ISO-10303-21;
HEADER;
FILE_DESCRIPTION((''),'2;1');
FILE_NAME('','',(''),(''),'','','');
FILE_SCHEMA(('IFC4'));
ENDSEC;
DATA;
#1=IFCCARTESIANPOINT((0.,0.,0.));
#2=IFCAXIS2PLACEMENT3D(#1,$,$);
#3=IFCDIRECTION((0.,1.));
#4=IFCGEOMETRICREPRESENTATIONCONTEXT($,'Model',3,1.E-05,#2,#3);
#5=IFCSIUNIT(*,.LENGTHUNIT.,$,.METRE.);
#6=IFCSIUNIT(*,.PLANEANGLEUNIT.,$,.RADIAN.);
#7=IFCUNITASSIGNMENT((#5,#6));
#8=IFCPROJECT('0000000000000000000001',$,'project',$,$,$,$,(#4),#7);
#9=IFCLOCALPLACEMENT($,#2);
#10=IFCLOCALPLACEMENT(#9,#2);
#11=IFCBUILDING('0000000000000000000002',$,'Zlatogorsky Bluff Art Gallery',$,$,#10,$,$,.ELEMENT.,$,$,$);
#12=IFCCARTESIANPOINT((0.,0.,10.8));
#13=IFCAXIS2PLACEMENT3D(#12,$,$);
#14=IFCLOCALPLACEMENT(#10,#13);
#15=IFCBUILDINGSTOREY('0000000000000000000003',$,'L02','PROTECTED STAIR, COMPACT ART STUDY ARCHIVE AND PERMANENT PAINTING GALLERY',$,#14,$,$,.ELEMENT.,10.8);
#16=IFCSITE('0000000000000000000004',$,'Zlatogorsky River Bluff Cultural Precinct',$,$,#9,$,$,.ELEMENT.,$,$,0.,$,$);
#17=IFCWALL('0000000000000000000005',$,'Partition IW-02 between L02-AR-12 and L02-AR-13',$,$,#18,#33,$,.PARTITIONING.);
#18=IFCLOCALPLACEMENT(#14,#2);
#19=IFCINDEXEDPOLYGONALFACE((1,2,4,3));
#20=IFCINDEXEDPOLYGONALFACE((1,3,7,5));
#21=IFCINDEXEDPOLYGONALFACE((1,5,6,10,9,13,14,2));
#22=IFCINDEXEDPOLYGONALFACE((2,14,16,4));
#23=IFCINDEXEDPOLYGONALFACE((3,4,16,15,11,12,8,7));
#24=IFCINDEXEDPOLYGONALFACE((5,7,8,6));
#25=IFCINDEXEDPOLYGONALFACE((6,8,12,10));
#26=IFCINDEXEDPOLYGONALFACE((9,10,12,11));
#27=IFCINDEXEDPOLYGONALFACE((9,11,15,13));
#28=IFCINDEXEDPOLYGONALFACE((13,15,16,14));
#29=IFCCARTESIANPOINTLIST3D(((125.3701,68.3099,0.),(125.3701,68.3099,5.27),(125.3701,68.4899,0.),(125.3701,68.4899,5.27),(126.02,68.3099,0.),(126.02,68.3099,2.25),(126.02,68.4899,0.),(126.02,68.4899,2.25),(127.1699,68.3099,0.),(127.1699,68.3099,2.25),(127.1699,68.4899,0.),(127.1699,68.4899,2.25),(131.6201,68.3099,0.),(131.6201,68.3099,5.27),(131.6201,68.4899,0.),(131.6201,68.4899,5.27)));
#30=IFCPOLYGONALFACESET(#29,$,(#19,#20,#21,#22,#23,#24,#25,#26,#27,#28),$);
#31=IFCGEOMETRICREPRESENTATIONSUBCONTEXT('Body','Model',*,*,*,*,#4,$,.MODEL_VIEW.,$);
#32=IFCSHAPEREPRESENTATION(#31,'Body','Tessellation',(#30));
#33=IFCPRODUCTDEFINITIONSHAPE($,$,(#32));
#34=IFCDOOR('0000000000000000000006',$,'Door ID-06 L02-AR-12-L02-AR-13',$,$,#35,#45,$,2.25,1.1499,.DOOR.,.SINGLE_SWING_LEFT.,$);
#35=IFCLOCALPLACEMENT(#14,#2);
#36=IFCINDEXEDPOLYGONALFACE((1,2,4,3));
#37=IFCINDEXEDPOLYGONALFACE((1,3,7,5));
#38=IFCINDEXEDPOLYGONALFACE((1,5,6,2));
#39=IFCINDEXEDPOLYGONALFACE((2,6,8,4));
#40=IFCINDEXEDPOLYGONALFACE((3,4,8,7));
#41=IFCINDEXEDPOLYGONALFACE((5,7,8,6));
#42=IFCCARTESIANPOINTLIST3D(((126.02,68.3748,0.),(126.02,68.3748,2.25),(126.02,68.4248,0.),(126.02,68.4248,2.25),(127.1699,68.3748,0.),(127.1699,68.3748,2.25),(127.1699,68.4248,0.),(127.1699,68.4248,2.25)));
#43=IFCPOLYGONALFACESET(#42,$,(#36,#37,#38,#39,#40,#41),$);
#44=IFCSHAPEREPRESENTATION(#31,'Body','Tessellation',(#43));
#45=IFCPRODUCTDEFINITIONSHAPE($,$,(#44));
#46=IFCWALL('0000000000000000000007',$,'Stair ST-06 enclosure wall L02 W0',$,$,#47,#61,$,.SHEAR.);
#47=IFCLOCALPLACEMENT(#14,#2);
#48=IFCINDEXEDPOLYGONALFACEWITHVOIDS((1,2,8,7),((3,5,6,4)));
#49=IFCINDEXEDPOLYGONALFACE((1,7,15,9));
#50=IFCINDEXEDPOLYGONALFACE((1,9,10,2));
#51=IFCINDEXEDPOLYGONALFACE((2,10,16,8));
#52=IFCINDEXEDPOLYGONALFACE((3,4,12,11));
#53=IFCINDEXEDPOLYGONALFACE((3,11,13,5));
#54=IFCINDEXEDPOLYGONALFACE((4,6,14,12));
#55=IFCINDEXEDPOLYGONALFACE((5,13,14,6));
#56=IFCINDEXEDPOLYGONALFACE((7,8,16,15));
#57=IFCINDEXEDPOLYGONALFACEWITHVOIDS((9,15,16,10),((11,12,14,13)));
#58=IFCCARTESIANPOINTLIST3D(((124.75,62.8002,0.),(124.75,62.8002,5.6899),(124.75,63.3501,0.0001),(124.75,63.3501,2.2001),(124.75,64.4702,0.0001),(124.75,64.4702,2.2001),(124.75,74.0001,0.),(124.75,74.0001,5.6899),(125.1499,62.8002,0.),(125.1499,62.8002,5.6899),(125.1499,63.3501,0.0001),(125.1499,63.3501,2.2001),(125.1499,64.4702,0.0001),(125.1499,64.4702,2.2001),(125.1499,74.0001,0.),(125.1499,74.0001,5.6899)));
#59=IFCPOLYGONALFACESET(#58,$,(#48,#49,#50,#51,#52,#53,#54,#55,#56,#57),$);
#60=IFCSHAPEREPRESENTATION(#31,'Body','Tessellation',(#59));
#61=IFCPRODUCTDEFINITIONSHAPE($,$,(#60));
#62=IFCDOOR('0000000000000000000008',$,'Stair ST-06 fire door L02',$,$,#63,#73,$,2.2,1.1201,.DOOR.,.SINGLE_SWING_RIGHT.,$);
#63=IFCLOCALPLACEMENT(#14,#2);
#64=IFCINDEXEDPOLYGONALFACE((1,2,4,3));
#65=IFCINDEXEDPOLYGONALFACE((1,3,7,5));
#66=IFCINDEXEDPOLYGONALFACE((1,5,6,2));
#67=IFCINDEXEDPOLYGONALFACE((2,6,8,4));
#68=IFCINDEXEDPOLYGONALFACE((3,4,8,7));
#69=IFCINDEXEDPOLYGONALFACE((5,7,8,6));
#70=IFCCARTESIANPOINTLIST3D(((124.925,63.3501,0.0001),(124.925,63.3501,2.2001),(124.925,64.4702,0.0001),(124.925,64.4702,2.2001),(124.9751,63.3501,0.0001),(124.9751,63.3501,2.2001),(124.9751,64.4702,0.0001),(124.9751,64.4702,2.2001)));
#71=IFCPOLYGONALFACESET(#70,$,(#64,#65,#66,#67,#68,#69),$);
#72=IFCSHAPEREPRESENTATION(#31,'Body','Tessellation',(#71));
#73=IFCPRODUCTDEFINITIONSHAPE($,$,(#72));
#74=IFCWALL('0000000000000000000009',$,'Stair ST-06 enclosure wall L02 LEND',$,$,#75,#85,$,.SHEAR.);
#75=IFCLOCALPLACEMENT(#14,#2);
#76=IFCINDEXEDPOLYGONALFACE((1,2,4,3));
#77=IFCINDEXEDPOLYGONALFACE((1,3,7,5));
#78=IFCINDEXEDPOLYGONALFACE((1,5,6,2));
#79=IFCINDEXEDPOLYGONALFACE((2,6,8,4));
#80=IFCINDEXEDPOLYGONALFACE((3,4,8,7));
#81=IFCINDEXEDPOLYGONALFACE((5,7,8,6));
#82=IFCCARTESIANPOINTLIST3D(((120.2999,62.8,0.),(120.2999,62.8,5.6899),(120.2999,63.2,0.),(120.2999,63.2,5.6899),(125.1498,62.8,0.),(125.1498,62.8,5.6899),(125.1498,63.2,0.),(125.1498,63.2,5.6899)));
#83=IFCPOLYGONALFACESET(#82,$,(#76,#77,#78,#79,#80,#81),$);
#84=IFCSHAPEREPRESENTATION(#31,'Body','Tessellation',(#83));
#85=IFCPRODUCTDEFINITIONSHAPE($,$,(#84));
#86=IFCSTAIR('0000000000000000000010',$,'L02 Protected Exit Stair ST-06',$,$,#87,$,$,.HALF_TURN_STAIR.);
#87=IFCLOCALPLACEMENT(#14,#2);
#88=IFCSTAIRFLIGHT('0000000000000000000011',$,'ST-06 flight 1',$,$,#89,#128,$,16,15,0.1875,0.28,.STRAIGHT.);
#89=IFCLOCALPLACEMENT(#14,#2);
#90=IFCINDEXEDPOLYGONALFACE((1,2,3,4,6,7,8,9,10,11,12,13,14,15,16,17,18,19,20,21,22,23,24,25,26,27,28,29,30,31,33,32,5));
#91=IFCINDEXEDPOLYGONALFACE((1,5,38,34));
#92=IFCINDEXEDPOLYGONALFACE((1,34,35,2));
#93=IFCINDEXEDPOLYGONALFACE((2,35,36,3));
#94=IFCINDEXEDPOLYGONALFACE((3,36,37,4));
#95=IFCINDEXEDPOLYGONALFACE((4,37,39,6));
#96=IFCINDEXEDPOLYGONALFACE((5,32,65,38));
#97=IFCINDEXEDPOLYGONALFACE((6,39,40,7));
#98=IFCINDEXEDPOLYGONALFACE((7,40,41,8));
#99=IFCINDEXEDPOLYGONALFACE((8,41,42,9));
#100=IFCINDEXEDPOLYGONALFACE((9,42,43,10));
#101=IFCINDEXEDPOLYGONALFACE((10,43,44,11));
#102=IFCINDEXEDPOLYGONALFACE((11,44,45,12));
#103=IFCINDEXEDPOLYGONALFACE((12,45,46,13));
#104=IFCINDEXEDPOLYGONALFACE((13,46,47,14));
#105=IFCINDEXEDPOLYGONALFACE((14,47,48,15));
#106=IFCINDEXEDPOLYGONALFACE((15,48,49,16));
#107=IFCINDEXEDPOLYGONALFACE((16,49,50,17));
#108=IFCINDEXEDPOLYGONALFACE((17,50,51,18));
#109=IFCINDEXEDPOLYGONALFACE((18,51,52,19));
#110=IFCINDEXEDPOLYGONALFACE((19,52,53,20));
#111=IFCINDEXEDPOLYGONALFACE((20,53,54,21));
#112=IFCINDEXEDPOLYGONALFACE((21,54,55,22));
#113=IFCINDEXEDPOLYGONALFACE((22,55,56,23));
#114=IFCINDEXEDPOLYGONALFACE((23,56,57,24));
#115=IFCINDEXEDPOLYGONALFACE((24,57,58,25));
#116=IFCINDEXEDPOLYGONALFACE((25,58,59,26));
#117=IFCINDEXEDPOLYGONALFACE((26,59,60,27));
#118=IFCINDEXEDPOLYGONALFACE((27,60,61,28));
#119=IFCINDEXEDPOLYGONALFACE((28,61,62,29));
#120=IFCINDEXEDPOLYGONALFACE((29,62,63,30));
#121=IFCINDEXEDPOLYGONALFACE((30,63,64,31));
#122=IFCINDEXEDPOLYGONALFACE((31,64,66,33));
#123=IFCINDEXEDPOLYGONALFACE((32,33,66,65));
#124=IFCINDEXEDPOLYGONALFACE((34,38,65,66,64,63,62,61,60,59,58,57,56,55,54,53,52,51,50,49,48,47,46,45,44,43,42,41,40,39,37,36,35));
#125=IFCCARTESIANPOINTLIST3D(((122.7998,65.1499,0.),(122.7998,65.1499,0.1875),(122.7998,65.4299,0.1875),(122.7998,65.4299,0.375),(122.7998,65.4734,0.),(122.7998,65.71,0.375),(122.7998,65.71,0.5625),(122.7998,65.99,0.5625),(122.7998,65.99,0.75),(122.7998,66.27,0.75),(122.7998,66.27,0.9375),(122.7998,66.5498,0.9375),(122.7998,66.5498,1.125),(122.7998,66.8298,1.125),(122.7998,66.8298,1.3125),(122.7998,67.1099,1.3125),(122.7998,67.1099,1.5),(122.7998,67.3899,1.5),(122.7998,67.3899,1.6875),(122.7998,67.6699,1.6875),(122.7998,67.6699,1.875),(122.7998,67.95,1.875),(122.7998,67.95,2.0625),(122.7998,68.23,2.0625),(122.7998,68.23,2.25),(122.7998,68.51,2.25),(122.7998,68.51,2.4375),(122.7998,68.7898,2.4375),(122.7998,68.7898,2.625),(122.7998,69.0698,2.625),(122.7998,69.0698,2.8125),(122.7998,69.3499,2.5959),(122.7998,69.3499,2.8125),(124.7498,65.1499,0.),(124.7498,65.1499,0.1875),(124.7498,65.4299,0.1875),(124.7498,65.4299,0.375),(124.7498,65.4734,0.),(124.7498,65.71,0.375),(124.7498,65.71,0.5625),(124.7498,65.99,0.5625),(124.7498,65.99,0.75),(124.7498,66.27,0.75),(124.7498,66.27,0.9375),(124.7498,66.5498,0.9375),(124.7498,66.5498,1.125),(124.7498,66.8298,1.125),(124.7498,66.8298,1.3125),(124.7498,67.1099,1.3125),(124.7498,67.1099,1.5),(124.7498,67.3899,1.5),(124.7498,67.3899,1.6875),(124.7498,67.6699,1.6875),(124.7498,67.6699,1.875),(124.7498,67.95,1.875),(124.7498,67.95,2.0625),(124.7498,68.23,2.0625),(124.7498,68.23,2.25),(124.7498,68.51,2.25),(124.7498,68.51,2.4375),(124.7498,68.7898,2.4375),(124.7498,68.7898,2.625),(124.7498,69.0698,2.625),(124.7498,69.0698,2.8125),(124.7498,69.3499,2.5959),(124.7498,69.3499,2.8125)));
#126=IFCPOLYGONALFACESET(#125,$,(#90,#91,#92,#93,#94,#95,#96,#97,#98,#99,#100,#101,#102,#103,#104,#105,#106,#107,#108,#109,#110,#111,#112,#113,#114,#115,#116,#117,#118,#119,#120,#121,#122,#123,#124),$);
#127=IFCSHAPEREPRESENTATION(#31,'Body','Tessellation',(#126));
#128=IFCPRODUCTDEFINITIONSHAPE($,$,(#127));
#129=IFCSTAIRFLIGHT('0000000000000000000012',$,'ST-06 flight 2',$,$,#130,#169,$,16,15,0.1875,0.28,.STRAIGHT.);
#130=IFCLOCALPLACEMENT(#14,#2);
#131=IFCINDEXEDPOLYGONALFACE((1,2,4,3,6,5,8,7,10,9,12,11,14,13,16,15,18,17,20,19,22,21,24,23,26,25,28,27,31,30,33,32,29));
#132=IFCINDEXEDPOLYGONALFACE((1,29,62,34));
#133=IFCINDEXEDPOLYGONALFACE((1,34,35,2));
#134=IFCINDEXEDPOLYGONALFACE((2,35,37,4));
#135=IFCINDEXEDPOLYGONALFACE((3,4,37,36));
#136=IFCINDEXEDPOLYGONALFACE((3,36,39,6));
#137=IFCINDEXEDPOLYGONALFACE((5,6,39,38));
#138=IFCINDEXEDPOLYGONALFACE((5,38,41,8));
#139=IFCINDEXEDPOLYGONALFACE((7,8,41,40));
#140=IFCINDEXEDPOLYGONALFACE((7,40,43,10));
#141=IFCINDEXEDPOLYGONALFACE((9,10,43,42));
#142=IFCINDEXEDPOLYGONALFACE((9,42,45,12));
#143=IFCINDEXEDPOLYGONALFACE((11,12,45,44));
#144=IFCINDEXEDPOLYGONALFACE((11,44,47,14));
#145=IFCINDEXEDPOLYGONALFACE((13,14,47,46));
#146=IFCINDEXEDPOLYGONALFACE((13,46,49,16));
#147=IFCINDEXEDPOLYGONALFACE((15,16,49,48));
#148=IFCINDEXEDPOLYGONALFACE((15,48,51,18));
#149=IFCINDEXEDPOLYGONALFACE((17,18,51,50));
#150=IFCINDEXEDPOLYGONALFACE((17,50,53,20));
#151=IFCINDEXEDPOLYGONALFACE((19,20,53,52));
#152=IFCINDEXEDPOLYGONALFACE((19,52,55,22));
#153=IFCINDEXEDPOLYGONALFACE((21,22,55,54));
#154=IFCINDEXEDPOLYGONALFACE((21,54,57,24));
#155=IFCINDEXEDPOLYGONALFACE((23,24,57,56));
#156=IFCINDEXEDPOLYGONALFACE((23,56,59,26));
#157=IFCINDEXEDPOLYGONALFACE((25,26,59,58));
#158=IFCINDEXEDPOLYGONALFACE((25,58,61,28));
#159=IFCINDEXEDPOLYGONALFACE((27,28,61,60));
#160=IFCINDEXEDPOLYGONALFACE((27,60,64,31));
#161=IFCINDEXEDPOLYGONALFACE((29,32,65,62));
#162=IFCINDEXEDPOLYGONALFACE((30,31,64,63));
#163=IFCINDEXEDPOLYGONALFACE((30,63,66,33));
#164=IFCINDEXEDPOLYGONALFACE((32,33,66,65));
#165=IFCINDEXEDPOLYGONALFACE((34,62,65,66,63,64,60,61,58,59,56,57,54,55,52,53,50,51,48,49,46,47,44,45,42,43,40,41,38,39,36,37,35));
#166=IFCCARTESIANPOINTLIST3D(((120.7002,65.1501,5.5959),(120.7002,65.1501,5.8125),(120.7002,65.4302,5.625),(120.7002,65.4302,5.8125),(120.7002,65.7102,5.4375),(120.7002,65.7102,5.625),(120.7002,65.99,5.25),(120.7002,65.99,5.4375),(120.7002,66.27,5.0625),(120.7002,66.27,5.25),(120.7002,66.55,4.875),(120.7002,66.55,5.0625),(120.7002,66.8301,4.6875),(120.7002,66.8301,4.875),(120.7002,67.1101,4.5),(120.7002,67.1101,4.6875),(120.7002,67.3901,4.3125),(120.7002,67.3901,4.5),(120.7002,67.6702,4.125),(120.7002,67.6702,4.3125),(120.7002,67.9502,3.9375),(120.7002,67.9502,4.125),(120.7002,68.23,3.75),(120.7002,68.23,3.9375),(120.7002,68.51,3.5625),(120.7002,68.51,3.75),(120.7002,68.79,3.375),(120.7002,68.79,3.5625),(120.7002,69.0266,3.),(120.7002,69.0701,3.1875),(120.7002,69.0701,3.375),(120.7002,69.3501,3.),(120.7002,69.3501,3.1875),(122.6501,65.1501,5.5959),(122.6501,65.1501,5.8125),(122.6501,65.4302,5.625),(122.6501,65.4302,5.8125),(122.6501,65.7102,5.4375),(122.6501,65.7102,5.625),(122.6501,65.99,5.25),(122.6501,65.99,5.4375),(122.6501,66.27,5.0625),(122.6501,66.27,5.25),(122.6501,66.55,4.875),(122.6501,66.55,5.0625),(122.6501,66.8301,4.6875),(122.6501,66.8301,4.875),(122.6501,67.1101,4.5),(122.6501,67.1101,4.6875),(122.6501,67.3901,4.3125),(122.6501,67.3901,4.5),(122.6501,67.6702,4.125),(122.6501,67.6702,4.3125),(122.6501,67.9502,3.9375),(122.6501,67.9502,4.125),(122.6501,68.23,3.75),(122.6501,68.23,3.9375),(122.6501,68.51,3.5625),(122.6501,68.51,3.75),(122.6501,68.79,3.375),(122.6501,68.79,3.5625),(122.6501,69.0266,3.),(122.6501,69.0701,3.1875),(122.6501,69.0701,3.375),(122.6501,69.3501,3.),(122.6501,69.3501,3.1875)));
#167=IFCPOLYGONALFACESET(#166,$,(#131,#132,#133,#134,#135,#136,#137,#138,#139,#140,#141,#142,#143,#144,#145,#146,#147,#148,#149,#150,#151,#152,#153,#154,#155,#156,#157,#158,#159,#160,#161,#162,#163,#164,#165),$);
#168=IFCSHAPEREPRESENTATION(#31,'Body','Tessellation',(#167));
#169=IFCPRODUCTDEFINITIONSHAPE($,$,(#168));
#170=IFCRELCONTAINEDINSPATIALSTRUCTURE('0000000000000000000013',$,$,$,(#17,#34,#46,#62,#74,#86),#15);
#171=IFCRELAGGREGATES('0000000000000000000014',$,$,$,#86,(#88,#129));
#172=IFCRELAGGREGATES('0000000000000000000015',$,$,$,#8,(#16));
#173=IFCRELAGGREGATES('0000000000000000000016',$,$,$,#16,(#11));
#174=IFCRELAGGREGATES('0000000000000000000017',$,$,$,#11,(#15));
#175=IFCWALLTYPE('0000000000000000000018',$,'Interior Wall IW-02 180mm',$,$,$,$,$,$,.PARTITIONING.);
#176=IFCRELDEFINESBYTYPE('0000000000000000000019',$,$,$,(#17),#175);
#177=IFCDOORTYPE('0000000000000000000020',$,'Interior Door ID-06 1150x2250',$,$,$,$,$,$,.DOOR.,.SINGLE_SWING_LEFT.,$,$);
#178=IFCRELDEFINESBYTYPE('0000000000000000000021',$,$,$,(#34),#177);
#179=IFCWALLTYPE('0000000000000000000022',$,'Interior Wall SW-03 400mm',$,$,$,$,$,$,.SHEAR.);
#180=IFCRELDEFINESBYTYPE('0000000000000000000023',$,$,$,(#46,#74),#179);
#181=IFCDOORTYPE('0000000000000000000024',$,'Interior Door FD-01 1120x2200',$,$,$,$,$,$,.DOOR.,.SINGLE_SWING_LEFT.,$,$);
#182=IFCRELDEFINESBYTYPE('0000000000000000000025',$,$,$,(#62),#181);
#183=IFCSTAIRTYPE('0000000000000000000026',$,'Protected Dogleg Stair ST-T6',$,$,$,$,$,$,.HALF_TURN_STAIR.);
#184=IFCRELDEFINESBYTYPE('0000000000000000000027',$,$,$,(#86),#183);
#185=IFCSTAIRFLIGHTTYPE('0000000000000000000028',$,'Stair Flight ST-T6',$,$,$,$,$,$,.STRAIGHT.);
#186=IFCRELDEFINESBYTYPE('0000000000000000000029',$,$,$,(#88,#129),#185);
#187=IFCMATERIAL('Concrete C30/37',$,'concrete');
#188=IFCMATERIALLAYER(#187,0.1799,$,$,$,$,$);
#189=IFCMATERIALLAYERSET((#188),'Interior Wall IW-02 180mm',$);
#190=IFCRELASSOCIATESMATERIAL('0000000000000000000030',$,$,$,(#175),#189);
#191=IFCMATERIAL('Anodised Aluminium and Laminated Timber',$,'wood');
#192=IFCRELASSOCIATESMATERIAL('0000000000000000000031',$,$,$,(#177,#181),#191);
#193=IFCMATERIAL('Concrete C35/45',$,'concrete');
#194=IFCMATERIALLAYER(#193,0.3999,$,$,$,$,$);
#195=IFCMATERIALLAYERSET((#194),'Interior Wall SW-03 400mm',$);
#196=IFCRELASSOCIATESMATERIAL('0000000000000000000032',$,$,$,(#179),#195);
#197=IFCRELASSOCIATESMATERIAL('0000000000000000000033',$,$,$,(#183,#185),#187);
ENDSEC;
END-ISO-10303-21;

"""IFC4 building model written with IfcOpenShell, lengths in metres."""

from ifc_helpers import new_model, si_unit, direction, frame, frame_2d, origin, place, context, subcontext, project, spatial, polyline, rectangle, outline, extrude, material, layer, layer_set, type_object, element, fill, aggregate, save


model = new_model("IFC4")

# Units and contexts
model_context = context("Model", 3, precision=1e-05, world=origin(), true_north=direction((0.0, 1.0)))
body_context = subcontext(model_context, "Body", "Model", "MODEL_VIEW")
ifc_project = project(units=[si_unit("LENGTHUNIT", "METRE"), si_unit("PLANEANGLEUNIT", "RADIAN")], contexts=[model_context])

# Site, building, storey
site_placement = place(None, origin())
site = spatial("IfcSite", under=ifc_project, at=site_placement, Name="Zlatogorsky River Bluff Cultural Precinct", CompositionType="ELEMENT", RefElevation=0.0)
building_placement = place(site_placement, origin())
building = spatial("IfcBuilding", under=site, at=building_placement, Name="Zlatogorsky Bluff Art Gallery", CompositionType="ELEMENT")
storey_placement = place(building_placement, frame((0.0, 0.0, 10.8)))
storey = spatial("IfcBuildingStorey", under=building, at=storey_placement, Name="L02", Description="PROTECTED STAIR, COMPACT ART STUDY ARCHIVE AND PERMANENT PAINTING GALLERY", CompositionType="ELEMENT", Elevation=10.8)

# Shared definitions
ifc_material_1 = material(Name="Concrete C35/45", Category="concrete")

# Walls, openings, doors
ifc_material_2 = material(Name="Concrete C30/37", Category="concrete")
ifc_layer_1 = layer(ifc_material_2, 0.1799)
ifc_layer_set_1 = layer_set([ifc_layer_1], Name="Interior Wall IW-02 180mm")
wall_type_1 = type_object("IfcWallType", Name="Interior Wall IW-02 180mm", PredefinedType="PARTITIONING", material=ifc_layer_set_1)
wall_1_placement = place(storey_placement, frame((125.3701, 68.3999, 0.0), z_axis=(0.0, 0.0, 1.0), x_axis=(1.0, 0.0, 0.0)))
wall_1 = element("IfcWall", 1, at=wall_1_placement, inside=storey, type_object=wall_type_1, Name="Partition IW-02 between L02-AR-12 and L02-AR-13", PredefinedType="PARTITIONING", context=body_context, shape_type="SweptSolid", body=[
    extrude(rectangle(XDim=6.25, YDim=0.1799, at=frame_2d((3.125, 0.0))), origin(), (0.0, 0.0, 1.0), 5.27),
])
opening_1_placement = place(wall_1_placement, frame((0.6499, 0.0, 0.0)))
opening_1 = element("IfcOpeningElement", 2, at=opening_1_placement, cuts=wall_1, PredefinedType="OPENING", context=body_context, shape_type="SweptSolid", body=[
    extrude(rectangle(XDim=1.1499, YDim=2.25, at=frame_2d((0.575, 1.125))), frame((0.0, 0.0999, 0.0), z_axis=(0.0, -1.0, 0.0), x_axis=(1.0, 0.0, 0.0)), (0.0, 0.0, 1.0), 0.2),
])
ifc_material_3 = material(Name="Anodised Aluminium and Laminated Timber", Category="wood")
door_type_1 = type_object("IfcDoorType", Name="Interior Door ID-06 1150x2250", OperationType="SINGLE_SWING_LEFT", PredefinedType="DOOR", material=ifc_material_3)
door_1_placement = place(opening_1_placement, origin())
door_1 = element("IfcDoor", 3, at=door_1_placement, inside=storey, type_object=door_type_1, Name="Door ID-06 L02-AR-12-L02-AR-13", OperationType="SINGLE_SWING_LEFT", OverallHeight=2.25, OverallWidth=1.1499, PredefinedType="DOOR", context=body_context, shape_type="SweptSolid", body=[
    extrude(rectangle(XDim=1.1499, YDim=2.25, at=frame_2d((0.575, 1.125))), frame((0.0, 0.0249, 0.0), z_axis=(0.0, -1.0, 0.0), x_axis=(1.0, 0.0, 0.0)), (0.0, 0.0, 1.0), 0.05),
])
fill(opening_1, door_1)
ifc_layer_2 = layer(ifc_material_1, 0.3999)
ifc_layer_set_2 = layer_set([ifc_layer_2], Name="Interior Wall SW-03 400mm")
wall_type_2 = type_object("IfcWallType", Name="Interior Wall SW-03 400mm", PredefinedType="SHEAR", material=ifc_layer_set_2)
wall_2_placement = place(storey_placement, frame((124.95, 62.8, 0.0), z_axis=(0.0, 0.0, 1.0), x_axis=(0.0, 1.0, 0.0)))
wall_2 = element("IfcWall", 4, at=wall_2_placement, inside=storey, type_object=wall_type_2, Name="Stair ST-06 enclosure wall L02 W0", PredefinedType="SHEAR", context=body_context, shape_type="SweptSolid", body=[
    extrude(rectangle(XDim=11.2, YDim=0.3999, at=frame_2d((5.6001, 0.0))), origin(), (0.0, 0.0, 1.0), 5.6899),
])
opening_2_placement = place(wall_2_placement, frame((0.55, 0.0, 0.0)))
opening_2 = element("IfcOpeningElement", 5, at=opening_2_placement, cuts=wall_2, PredefinedType="OPENING", context=body_context, shape_type="SweptSolid", body=[
    extrude(rectangle(XDim=1.1201, YDim=2.2, at=frame_2d((0.5601, 1.1001))), frame((0.0, 0.21, 0.0), z_axis=(0.0, -1.0, 0.0), x_axis=(1.0, 0.0, 0.0)), (0.0, 0.0, 1.0), 0.4199),
])
door_type_2 = type_object("IfcDoorType", Name="Interior Door FD-01 1120x2200", OperationType="SINGLE_SWING_LEFT", PredefinedType="DOOR", material=ifc_material_3)
door_2_placement = place(opening_2_placement, origin())
door_2 = element("IfcDoor", 6, at=door_2_placement, inside=storey, type_object=door_type_2, Name="Stair ST-06 fire door L02", OperationType="SINGLE_SWING_RIGHT", OverallHeight=2.2, OverallWidth=1.1201, PredefinedType="DOOR", context=body_context, shape_type="SweptSolid", body=[
    extrude(rectangle(XDim=1.1201, YDim=2.2, at=frame_2d((0.5601, 1.1001))), frame((0.0, 0.0249, 0.0), z_axis=(0.0, -1.0, 0.0), x_axis=(1.0, 0.0, 0.0)), (0.0, 0.0, 1.0), 0.05),
])
fill(opening_2, door_2)

# Wall
wall_3_placement = place(storey_placement, frame((120.3, 63.0, 0.0), z_axis=(0.0, 0.0, 1.0), x_axis=(1.0, 0.0, 0.0)))
element("IfcWall", 7, at=wall_3_placement, inside=storey, type_object=wall_type_2, Name="Stair ST-06 enclosure wall L02 LEND", PredefinedType="SHEAR", context=body_context, shape_type="SweptSolid", body=[
    extrude(rectangle(XDim=4.8499, YDim=0.3999, at=frame_2d((2.4248, 0.0))), origin(), (0.0, 0.0, 1.0), 5.6899),
])

# Stair, stair flights
stair_type = type_object("IfcStairType", Name="Protected Dogleg Stair ST-T6", PredefinedType="HALF_TURN_STAIR", material=ifc_material_2)
stair_placement = place(storey_placement, origin())
stair = element("IfcStair", 8, at=stair_placement, inside=storey, type_object=stair_type, Name="L02 Protected Exit Stair ST-06", PredefinedType="HALF_TURN_STAIR")
stair_flight_type = type_object("IfcStairFlightType", Name="Stair Flight ST-T6", PredefinedType="STRAIGHT", material=ifc_material_2)
stair_flight_1_placement = place(storey_placement, frame((123.7749, 65.1499, 0.0), z_axis=(0.0, 0.0, 1.0), x_axis=(0.0, 1.0, 0.0)))
stair_flight_1 = element("IfcStairFlight", 9, at=stair_flight_1_placement, type_object=stair_flight_type, Name="ST-06 flight 1", NumberOfRisers=16, NumberOfTreads=15, PredefinedType="STRAIGHT", RiserHeight=0.1875, TreadLength=0.28, context=body_context, shape_type="SweptSolid", body=[
    extrude(outline(polyline([(0.0, 0.0), (0.0, 0.1875), (0.28, 0.1875), (0.28, 0.375), (0.5601, 0.375), (0.5601, 0.5625), (0.8401, 0.5625), (0.8401, 0.75), (1.1201, 0.75), (1.1201, 0.9375), (1.3999, 0.9375), (1.3999, 1.125), (1.6799, 1.125), (1.6799, 1.3125), (1.96, 1.3125), (1.96, 1.5), (2.24, 1.5), (2.24, 1.6875), (2.52, 1.6875), (2.52, 1.875), (2.8, 1.875), (2.8, 2.0625), (3.0801, 2.0625), (3.0801, 2.25), (3.3601, 2.25), (3.3601, 2.4375), (3.6399, 2.4375), (3.6399, 2.625), (3.9199, 2.625), (3.9199, 2.8125), (4.2, 2.8125), (4.2, 3.0), (4.2, 2.5959), (0.3235, 0.0), (0.0, 0.0)])), frame((0.0, 0.9751, 0.0), z_axis=(0.0, -1.0, 0.0), x_axis=(1.0, 0.0, 0.0)), (0.0, 0.0, 1.0), 1.95),
])
stair_flight_2_placement = place(storey_placement, frame((121.675, 69.3501, 3.0), z_axis=(0.0, 0.0, 1.0), x_axis=(0.0, -1.0, 0.0)))
stair_flight_2 = element("IfcStairFlight", 10, at=stair_flight_2_placement, type_object=stair_flight_type, Name="ST-06 flight 2", NumberOfRisers=16, NumberOfTreads=15, PredefinedType="STRAIGHT", RiserHeight=0.1875, TreadLength=0.28, context=body_context, shape_type="SweptSolid", body=[
    extrude(outline(polyline([(0.0, 0.0), (0.0, 0.1875), (0.28, 0.1875), (0.28, 0.375), (0.5601, 0.375), (0.5601, 0.5625), (0.8401, 0.5625), (0.8401, 0.75), (1.1201, 0.75), (1.1201, 0.9375), (1.3999, 0.9375), (1.3999, 1.125), (1.6799, 1.125), (1.6799, 1.3125), (1.96, 1.3125), (1.96, 1.5), (2.24, 1.5), (2.24, 1.6875), (2.52, 1.6875), (2.52, 1.875), (2.8, 1.875), (2.8, 2.0625), (3.0801, 2.0625), (3.0801, 2.25), (3.3601, 2.25), (3.3601, 2.4375), (3.6399, 2.4375), (3.6399, 2.625), (3.9199, 2.625), (3.9199, 2.8125), (4.2, 2.8125), (4.2, 3.0), (4.2, 2.5959), (0.3235, 0.0), (0.0, 0.0)])), frame((0.0, 0.9751, 0.0), z_axis=(0.0, -1.0, 0.0), x_axis=(1.0, 0.0, 0.0)), (0.0, 0.0, 1.0), 1.95),
])
aggregate(stair, [stair_flight_1, stair_flight_2])

save(model, "model.ifc")
